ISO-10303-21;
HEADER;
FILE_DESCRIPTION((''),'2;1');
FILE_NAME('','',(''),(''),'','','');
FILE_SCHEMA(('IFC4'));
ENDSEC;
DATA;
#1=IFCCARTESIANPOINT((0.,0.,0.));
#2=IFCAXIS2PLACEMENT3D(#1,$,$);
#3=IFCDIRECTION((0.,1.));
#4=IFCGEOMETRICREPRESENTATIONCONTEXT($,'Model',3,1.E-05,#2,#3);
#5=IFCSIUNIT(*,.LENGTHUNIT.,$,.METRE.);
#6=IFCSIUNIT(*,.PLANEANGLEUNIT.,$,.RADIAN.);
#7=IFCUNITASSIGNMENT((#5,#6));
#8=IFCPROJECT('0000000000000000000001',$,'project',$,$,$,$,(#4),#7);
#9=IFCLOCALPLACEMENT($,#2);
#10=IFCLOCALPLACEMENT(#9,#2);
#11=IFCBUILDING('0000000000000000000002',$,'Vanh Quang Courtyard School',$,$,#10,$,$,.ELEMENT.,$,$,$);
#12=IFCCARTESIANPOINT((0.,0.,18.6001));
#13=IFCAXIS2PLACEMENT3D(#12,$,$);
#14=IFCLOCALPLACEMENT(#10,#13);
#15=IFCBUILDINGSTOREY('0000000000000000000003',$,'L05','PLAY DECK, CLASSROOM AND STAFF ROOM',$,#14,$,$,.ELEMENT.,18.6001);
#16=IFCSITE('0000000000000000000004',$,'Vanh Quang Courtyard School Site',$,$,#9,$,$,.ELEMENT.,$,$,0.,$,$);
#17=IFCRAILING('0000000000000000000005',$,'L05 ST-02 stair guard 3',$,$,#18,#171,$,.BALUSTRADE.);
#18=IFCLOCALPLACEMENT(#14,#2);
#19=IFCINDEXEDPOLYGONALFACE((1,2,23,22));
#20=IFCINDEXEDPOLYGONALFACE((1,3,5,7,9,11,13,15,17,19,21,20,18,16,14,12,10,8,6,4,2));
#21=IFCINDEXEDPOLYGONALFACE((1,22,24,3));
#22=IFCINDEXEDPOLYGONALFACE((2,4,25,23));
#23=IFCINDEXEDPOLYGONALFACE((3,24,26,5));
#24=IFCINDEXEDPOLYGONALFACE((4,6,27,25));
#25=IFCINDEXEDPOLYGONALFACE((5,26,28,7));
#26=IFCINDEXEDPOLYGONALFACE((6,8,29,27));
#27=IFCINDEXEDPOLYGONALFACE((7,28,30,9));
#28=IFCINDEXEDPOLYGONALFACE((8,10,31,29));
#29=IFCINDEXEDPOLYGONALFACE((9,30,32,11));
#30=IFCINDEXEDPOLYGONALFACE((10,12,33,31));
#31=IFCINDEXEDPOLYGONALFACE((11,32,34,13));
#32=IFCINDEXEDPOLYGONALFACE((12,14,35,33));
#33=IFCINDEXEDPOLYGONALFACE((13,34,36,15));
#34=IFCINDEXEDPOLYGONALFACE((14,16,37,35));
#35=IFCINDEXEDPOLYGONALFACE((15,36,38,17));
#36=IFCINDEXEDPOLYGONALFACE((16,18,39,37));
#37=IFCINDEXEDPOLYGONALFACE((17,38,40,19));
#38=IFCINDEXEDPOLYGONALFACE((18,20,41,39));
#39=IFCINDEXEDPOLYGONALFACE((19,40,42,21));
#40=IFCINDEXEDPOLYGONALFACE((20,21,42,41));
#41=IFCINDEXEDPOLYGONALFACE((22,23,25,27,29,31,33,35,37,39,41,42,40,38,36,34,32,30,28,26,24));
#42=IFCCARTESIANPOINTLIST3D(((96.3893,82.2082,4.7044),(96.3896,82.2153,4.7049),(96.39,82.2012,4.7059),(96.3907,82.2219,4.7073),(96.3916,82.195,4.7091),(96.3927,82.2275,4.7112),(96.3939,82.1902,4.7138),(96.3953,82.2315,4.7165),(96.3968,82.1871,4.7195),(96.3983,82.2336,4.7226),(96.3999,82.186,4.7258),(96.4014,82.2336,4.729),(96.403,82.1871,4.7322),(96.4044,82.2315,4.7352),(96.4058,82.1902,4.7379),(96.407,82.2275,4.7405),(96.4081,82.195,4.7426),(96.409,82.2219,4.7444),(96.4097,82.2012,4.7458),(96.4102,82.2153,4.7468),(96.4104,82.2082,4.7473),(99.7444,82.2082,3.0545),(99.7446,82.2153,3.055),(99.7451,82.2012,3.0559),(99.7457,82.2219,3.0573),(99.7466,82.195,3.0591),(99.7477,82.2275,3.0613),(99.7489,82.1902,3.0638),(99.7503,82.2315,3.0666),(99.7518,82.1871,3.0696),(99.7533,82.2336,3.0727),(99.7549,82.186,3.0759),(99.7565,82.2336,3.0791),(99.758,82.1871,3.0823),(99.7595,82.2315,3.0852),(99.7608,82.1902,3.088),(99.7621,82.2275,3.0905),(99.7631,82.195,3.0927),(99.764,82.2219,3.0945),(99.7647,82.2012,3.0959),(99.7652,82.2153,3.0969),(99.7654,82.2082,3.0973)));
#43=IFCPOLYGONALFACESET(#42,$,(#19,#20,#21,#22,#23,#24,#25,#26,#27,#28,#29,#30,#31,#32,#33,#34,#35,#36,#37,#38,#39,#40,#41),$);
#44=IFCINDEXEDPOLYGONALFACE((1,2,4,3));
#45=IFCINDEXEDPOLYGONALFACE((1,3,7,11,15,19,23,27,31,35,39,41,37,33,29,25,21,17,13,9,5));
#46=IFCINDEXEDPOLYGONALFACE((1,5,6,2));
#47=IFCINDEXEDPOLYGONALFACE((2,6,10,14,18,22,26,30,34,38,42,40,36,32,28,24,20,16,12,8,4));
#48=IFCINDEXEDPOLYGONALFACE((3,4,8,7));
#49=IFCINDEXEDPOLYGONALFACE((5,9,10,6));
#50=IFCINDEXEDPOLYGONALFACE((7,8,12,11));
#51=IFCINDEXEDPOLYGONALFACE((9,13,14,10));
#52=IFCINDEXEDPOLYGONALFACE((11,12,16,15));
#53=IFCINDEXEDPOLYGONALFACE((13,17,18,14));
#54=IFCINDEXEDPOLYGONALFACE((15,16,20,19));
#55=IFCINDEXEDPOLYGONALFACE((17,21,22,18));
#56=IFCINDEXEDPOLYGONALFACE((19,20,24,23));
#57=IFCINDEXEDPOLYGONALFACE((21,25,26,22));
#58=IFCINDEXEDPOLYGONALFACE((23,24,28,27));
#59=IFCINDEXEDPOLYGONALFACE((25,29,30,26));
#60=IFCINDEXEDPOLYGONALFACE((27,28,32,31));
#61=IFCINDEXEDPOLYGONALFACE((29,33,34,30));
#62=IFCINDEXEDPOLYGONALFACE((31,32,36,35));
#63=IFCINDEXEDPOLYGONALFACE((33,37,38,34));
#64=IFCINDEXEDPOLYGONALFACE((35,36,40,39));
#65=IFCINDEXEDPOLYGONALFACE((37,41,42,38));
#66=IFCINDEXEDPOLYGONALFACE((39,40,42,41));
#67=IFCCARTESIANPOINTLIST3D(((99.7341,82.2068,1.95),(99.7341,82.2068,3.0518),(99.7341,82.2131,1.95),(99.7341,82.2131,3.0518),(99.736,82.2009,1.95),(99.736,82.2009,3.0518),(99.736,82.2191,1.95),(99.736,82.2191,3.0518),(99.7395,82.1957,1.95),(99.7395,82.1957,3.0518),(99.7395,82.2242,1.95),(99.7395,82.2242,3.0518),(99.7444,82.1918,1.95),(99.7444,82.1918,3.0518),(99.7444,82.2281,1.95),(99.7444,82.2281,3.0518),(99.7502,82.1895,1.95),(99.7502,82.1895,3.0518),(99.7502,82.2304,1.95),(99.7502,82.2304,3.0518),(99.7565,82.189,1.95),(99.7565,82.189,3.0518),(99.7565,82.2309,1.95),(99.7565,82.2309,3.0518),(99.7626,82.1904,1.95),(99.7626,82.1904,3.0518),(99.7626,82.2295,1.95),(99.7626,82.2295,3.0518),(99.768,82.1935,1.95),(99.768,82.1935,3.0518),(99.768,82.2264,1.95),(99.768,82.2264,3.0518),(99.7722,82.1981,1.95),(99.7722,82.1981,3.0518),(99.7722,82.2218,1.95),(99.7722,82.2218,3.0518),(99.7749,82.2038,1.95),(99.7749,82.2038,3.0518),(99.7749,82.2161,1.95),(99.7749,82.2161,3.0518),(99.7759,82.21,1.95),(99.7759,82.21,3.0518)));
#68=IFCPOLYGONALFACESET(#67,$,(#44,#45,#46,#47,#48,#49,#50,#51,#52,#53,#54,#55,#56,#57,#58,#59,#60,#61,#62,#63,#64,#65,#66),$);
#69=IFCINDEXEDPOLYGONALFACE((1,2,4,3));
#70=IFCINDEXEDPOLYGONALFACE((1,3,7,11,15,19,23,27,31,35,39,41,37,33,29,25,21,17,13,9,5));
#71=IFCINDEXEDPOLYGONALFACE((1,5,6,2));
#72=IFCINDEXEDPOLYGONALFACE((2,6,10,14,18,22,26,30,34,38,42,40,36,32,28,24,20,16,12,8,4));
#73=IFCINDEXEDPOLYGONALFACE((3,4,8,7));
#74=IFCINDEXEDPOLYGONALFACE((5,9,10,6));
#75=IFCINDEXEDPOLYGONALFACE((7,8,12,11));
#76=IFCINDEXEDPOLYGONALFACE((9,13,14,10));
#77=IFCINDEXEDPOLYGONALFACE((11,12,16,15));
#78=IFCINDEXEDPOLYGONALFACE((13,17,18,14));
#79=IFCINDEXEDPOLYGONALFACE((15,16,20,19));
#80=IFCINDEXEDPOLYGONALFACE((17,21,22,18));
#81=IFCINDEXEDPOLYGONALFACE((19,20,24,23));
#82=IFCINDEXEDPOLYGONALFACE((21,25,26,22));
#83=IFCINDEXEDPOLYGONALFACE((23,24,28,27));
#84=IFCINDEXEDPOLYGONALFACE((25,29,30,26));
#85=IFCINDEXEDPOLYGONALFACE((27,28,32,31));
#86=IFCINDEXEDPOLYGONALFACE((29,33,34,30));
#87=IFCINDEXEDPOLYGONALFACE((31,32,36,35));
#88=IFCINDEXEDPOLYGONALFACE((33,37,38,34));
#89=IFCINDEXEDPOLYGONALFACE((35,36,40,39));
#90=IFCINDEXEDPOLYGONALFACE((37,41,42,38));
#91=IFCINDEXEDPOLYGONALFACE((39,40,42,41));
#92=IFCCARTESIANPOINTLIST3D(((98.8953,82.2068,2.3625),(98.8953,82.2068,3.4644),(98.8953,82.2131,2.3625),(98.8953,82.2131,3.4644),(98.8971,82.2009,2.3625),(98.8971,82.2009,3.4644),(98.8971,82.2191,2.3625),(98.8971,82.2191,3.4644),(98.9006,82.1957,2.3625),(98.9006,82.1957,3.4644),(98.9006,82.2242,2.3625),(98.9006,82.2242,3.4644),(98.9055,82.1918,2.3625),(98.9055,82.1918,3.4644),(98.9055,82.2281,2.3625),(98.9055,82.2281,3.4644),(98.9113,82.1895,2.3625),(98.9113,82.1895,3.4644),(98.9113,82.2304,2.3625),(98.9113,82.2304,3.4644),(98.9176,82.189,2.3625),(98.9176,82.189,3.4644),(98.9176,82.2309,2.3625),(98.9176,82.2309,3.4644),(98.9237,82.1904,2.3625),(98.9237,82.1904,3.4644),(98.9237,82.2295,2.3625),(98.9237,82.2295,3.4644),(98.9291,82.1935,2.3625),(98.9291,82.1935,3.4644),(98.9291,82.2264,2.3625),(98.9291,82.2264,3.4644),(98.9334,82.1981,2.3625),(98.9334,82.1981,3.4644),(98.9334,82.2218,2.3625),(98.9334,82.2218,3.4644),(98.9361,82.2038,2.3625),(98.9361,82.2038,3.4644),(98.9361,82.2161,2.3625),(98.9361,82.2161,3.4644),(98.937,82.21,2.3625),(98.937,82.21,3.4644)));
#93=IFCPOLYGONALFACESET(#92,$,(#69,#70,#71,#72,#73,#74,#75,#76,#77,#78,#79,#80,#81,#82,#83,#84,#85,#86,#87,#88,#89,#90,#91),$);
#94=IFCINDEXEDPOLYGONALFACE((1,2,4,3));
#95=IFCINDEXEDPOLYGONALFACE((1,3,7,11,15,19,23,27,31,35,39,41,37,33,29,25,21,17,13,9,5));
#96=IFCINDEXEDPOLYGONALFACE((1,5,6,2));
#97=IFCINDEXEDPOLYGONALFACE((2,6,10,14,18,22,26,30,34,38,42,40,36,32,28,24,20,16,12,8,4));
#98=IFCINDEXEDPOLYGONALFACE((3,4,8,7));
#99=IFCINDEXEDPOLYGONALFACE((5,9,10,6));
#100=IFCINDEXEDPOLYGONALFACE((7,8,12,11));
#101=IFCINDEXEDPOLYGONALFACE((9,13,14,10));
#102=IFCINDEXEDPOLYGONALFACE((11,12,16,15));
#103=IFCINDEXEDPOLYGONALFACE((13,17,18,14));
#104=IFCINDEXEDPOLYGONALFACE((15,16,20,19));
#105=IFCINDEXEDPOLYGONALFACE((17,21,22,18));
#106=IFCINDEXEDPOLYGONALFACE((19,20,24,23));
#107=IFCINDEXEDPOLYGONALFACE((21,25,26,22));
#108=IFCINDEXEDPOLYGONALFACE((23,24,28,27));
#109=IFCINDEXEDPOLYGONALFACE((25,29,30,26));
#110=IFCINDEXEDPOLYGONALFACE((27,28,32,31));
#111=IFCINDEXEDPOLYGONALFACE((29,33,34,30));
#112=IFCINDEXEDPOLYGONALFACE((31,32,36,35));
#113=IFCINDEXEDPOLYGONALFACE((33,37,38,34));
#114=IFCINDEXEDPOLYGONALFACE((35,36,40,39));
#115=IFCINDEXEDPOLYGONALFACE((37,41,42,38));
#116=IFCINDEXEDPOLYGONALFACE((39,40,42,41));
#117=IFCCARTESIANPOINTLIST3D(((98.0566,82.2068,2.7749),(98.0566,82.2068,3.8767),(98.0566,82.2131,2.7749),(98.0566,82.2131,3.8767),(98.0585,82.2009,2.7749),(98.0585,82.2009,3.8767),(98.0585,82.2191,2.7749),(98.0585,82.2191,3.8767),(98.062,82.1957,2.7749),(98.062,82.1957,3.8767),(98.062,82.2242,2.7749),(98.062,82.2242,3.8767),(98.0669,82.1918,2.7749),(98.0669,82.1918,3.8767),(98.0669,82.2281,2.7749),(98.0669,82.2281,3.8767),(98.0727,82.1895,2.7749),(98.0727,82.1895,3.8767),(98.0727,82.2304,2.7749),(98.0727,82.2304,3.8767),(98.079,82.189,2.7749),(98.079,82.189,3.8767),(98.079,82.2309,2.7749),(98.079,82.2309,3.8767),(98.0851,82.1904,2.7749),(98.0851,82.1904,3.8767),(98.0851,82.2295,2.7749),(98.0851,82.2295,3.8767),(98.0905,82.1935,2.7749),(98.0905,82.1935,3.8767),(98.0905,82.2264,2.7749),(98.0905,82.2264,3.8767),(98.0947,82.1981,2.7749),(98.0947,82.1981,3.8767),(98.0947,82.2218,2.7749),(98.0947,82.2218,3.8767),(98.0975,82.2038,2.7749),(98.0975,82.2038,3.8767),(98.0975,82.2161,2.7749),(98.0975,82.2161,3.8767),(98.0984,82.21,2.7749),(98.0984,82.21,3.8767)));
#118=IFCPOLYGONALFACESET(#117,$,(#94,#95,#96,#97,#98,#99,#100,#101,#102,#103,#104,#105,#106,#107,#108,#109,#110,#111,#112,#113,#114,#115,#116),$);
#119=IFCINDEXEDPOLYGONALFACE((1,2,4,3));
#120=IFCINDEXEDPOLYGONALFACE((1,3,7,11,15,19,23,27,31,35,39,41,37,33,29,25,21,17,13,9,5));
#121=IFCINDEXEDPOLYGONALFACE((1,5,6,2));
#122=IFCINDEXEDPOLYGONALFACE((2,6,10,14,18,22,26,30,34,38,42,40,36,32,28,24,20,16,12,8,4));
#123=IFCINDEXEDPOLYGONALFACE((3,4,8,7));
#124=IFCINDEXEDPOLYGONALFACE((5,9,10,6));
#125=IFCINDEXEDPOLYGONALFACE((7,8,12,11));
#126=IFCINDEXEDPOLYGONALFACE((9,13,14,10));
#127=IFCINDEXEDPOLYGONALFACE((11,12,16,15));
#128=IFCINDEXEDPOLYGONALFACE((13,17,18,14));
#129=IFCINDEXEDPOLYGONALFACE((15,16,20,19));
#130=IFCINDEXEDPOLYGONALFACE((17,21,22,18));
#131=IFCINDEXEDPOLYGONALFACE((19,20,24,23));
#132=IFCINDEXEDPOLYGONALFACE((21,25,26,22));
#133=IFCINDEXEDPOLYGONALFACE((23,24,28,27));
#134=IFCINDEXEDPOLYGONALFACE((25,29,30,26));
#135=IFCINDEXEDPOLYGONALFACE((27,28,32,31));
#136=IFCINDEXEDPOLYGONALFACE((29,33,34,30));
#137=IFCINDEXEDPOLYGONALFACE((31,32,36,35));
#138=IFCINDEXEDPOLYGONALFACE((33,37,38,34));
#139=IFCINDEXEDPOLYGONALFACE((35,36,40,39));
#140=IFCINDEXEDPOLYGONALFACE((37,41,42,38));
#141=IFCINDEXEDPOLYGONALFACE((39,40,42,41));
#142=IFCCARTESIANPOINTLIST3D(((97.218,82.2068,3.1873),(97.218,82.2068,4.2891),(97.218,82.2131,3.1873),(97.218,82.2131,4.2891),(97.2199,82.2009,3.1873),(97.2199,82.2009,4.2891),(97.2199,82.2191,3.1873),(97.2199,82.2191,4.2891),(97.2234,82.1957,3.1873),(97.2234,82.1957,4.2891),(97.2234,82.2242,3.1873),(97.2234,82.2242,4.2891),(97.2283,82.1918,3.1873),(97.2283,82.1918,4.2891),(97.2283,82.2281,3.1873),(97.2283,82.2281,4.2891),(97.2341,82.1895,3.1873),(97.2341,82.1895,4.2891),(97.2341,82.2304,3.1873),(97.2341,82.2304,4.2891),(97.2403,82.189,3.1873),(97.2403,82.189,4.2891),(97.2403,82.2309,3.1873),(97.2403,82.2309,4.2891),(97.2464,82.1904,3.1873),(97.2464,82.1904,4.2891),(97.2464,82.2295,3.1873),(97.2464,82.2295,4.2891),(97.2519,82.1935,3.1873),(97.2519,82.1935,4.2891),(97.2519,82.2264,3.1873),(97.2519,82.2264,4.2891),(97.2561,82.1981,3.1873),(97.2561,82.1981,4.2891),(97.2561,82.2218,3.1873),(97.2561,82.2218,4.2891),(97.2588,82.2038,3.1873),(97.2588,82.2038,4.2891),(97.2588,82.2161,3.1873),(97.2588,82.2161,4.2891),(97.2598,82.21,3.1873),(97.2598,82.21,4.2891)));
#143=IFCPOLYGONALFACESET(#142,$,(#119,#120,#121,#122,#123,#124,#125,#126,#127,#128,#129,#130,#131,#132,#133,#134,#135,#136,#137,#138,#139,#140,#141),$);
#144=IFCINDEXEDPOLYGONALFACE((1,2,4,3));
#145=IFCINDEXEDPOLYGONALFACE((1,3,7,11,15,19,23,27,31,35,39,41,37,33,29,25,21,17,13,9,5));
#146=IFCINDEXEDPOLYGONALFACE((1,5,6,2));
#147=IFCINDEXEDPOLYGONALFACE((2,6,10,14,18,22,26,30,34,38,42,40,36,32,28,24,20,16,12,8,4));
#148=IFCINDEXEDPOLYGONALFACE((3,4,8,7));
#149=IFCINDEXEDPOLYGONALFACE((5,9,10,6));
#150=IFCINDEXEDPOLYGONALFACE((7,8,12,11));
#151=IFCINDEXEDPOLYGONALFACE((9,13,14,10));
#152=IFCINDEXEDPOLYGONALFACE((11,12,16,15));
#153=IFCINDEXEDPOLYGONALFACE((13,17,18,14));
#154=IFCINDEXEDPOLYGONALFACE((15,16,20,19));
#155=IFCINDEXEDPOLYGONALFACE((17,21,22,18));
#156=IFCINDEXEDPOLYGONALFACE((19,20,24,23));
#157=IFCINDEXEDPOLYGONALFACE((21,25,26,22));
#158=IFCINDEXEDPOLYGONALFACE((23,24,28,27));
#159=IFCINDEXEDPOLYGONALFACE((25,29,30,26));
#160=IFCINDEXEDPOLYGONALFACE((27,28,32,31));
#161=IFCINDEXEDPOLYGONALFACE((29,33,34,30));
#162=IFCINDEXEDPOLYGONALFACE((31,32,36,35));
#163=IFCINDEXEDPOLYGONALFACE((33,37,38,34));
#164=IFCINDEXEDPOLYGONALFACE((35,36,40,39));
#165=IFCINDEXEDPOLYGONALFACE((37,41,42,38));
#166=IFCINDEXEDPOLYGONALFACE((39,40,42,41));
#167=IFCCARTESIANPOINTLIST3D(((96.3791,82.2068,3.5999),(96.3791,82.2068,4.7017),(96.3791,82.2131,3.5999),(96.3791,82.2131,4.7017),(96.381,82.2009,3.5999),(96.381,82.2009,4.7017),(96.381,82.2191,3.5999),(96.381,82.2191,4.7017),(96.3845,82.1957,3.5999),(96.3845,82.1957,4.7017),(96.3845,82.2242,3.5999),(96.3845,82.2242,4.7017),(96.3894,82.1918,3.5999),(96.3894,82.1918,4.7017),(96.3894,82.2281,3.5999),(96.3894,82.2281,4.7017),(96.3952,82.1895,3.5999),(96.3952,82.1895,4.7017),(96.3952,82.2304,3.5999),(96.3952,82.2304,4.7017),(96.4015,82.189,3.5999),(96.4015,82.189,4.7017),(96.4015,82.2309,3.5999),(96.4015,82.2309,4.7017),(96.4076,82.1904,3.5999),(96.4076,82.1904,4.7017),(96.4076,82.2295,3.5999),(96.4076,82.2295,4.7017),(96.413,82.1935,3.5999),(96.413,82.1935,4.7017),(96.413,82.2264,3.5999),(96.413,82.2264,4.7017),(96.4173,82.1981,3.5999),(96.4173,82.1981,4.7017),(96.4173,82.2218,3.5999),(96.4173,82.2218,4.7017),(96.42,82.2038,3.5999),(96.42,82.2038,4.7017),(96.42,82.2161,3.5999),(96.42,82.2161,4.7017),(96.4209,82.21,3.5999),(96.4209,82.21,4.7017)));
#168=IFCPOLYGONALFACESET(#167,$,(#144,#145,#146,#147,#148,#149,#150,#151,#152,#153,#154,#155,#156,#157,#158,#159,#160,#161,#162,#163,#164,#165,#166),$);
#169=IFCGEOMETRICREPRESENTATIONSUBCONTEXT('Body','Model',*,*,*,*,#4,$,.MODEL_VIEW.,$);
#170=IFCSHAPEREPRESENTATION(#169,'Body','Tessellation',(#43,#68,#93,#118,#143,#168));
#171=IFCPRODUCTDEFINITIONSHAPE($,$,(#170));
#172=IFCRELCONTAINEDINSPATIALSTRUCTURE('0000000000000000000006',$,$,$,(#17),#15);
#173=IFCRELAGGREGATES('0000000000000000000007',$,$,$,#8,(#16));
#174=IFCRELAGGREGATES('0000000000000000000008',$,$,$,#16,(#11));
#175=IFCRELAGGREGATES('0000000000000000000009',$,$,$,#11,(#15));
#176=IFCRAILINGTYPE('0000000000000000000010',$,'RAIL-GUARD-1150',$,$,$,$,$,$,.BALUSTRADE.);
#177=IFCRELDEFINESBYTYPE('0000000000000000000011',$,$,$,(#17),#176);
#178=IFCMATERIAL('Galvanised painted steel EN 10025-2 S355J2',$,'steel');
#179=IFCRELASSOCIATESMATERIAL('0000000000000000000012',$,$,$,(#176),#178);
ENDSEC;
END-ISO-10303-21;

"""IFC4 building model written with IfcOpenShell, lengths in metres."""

from ifc_helpers import new_model, si_unit, direction, frame, origin, origin_2d, place, context, subcontext, project, spatial, circle, extrude, material, type_object, element, save


model = new_model("IFC4")

# Units and contexts
model_context = context("Model", 3, precision=1e-05, world=origin(), true_north=direction((0.0, 1.0)))
body_context = subcontext(model_context, "Body", "Model", "MODEL_VIEW")
ifc_project = project(units=[si_unit("LENGTHUNIT", "METRE"), si_unit("PLANEANGLEUNIT", "RADIAN")], contexts=[model_context])

# Site, building, storey
site_placement = place(None, origin())
site = spatial("IfcSite", under=ifc_project, at=site_placement, Name="Vanh Quang Courtyard School Site", CompositionType="ELEMENT", RefElevation=0.0)
building_placement = place(site_placement, origin())
building = spatial("IfcBuilding", under=site, at=building_placement, Name="Vanh Quang Courtyard School", CompositionType="ELEMENT")
storey_placement = place(building_placement, frame((0.0, 0.0, 18.6001)))
storey = spatial("IfcBuildingStorey", under=building, at=storey_placement, Name="L05", Description="PLAY DECK, CLASSROOM AND STAFF ROOM", CompositionType="ELEMENT", Elevation=18.6001)

# Railing
ifc_material_1 = material(Name="Galvanised painted steel EN 10025-2 S355J2", Category="steel")
railing_type_1 = type_object("IfcRailingType", Name="RAIL-GUARD-1150", PredefinedType="BALUSTRADE", material=ifc_material_1)
railing_1_placement = place(storey_placement, frame((99.7549, 82.21, 1.95)))
element("IfcRailing", 1, at=railing_1_placement, inside=storey, type_object=railing_type_1, Name="L05 ST-02 stair guard 3", PredefinedType="BALUSTRADE", context=body_context, shape_type="SweptSolid", body=[
    extrude(circle(Radius=0.0239, at=origin_2d()), frame((0.0, 0.0, 1.126), z_axis=(-0.897359, 0.0, 0.441301), x_axis=(0.0, -1.0, 0.0)), (0.0, 0.0, 1.0), 3.7388),
    extrude(circle(Radius=0.021, at=origin_2d()), origin(), (0.0, 0.0, 1.0), 1.1018),
    extrude(circle(Radius=0.021, at=origin_2d()), frame((-0.8389, 0.0, 0.4126)), (0.0, 0.0, 1.0), 1.1018),
    extrude(circle(Radius=0.021, at=origin_2d()), frame((-1.6775, 0.0, 0.825)), (0.0, 0.0, 1.0), 1.1018),
    extrude(circle(Radius=0.021, at=origin_2d()), frame((-2.5161, 0.0, 1.2373)), (0.0, 0.0, 1.0), 1.1018),
    extrude(circle(Radius=0.021, at=origin_2d()), frame((-3.355, 0.0, 1.6499)), (0.0, 0.0, 1.0), 1.1018),
])

save(model, "model.ifc")
